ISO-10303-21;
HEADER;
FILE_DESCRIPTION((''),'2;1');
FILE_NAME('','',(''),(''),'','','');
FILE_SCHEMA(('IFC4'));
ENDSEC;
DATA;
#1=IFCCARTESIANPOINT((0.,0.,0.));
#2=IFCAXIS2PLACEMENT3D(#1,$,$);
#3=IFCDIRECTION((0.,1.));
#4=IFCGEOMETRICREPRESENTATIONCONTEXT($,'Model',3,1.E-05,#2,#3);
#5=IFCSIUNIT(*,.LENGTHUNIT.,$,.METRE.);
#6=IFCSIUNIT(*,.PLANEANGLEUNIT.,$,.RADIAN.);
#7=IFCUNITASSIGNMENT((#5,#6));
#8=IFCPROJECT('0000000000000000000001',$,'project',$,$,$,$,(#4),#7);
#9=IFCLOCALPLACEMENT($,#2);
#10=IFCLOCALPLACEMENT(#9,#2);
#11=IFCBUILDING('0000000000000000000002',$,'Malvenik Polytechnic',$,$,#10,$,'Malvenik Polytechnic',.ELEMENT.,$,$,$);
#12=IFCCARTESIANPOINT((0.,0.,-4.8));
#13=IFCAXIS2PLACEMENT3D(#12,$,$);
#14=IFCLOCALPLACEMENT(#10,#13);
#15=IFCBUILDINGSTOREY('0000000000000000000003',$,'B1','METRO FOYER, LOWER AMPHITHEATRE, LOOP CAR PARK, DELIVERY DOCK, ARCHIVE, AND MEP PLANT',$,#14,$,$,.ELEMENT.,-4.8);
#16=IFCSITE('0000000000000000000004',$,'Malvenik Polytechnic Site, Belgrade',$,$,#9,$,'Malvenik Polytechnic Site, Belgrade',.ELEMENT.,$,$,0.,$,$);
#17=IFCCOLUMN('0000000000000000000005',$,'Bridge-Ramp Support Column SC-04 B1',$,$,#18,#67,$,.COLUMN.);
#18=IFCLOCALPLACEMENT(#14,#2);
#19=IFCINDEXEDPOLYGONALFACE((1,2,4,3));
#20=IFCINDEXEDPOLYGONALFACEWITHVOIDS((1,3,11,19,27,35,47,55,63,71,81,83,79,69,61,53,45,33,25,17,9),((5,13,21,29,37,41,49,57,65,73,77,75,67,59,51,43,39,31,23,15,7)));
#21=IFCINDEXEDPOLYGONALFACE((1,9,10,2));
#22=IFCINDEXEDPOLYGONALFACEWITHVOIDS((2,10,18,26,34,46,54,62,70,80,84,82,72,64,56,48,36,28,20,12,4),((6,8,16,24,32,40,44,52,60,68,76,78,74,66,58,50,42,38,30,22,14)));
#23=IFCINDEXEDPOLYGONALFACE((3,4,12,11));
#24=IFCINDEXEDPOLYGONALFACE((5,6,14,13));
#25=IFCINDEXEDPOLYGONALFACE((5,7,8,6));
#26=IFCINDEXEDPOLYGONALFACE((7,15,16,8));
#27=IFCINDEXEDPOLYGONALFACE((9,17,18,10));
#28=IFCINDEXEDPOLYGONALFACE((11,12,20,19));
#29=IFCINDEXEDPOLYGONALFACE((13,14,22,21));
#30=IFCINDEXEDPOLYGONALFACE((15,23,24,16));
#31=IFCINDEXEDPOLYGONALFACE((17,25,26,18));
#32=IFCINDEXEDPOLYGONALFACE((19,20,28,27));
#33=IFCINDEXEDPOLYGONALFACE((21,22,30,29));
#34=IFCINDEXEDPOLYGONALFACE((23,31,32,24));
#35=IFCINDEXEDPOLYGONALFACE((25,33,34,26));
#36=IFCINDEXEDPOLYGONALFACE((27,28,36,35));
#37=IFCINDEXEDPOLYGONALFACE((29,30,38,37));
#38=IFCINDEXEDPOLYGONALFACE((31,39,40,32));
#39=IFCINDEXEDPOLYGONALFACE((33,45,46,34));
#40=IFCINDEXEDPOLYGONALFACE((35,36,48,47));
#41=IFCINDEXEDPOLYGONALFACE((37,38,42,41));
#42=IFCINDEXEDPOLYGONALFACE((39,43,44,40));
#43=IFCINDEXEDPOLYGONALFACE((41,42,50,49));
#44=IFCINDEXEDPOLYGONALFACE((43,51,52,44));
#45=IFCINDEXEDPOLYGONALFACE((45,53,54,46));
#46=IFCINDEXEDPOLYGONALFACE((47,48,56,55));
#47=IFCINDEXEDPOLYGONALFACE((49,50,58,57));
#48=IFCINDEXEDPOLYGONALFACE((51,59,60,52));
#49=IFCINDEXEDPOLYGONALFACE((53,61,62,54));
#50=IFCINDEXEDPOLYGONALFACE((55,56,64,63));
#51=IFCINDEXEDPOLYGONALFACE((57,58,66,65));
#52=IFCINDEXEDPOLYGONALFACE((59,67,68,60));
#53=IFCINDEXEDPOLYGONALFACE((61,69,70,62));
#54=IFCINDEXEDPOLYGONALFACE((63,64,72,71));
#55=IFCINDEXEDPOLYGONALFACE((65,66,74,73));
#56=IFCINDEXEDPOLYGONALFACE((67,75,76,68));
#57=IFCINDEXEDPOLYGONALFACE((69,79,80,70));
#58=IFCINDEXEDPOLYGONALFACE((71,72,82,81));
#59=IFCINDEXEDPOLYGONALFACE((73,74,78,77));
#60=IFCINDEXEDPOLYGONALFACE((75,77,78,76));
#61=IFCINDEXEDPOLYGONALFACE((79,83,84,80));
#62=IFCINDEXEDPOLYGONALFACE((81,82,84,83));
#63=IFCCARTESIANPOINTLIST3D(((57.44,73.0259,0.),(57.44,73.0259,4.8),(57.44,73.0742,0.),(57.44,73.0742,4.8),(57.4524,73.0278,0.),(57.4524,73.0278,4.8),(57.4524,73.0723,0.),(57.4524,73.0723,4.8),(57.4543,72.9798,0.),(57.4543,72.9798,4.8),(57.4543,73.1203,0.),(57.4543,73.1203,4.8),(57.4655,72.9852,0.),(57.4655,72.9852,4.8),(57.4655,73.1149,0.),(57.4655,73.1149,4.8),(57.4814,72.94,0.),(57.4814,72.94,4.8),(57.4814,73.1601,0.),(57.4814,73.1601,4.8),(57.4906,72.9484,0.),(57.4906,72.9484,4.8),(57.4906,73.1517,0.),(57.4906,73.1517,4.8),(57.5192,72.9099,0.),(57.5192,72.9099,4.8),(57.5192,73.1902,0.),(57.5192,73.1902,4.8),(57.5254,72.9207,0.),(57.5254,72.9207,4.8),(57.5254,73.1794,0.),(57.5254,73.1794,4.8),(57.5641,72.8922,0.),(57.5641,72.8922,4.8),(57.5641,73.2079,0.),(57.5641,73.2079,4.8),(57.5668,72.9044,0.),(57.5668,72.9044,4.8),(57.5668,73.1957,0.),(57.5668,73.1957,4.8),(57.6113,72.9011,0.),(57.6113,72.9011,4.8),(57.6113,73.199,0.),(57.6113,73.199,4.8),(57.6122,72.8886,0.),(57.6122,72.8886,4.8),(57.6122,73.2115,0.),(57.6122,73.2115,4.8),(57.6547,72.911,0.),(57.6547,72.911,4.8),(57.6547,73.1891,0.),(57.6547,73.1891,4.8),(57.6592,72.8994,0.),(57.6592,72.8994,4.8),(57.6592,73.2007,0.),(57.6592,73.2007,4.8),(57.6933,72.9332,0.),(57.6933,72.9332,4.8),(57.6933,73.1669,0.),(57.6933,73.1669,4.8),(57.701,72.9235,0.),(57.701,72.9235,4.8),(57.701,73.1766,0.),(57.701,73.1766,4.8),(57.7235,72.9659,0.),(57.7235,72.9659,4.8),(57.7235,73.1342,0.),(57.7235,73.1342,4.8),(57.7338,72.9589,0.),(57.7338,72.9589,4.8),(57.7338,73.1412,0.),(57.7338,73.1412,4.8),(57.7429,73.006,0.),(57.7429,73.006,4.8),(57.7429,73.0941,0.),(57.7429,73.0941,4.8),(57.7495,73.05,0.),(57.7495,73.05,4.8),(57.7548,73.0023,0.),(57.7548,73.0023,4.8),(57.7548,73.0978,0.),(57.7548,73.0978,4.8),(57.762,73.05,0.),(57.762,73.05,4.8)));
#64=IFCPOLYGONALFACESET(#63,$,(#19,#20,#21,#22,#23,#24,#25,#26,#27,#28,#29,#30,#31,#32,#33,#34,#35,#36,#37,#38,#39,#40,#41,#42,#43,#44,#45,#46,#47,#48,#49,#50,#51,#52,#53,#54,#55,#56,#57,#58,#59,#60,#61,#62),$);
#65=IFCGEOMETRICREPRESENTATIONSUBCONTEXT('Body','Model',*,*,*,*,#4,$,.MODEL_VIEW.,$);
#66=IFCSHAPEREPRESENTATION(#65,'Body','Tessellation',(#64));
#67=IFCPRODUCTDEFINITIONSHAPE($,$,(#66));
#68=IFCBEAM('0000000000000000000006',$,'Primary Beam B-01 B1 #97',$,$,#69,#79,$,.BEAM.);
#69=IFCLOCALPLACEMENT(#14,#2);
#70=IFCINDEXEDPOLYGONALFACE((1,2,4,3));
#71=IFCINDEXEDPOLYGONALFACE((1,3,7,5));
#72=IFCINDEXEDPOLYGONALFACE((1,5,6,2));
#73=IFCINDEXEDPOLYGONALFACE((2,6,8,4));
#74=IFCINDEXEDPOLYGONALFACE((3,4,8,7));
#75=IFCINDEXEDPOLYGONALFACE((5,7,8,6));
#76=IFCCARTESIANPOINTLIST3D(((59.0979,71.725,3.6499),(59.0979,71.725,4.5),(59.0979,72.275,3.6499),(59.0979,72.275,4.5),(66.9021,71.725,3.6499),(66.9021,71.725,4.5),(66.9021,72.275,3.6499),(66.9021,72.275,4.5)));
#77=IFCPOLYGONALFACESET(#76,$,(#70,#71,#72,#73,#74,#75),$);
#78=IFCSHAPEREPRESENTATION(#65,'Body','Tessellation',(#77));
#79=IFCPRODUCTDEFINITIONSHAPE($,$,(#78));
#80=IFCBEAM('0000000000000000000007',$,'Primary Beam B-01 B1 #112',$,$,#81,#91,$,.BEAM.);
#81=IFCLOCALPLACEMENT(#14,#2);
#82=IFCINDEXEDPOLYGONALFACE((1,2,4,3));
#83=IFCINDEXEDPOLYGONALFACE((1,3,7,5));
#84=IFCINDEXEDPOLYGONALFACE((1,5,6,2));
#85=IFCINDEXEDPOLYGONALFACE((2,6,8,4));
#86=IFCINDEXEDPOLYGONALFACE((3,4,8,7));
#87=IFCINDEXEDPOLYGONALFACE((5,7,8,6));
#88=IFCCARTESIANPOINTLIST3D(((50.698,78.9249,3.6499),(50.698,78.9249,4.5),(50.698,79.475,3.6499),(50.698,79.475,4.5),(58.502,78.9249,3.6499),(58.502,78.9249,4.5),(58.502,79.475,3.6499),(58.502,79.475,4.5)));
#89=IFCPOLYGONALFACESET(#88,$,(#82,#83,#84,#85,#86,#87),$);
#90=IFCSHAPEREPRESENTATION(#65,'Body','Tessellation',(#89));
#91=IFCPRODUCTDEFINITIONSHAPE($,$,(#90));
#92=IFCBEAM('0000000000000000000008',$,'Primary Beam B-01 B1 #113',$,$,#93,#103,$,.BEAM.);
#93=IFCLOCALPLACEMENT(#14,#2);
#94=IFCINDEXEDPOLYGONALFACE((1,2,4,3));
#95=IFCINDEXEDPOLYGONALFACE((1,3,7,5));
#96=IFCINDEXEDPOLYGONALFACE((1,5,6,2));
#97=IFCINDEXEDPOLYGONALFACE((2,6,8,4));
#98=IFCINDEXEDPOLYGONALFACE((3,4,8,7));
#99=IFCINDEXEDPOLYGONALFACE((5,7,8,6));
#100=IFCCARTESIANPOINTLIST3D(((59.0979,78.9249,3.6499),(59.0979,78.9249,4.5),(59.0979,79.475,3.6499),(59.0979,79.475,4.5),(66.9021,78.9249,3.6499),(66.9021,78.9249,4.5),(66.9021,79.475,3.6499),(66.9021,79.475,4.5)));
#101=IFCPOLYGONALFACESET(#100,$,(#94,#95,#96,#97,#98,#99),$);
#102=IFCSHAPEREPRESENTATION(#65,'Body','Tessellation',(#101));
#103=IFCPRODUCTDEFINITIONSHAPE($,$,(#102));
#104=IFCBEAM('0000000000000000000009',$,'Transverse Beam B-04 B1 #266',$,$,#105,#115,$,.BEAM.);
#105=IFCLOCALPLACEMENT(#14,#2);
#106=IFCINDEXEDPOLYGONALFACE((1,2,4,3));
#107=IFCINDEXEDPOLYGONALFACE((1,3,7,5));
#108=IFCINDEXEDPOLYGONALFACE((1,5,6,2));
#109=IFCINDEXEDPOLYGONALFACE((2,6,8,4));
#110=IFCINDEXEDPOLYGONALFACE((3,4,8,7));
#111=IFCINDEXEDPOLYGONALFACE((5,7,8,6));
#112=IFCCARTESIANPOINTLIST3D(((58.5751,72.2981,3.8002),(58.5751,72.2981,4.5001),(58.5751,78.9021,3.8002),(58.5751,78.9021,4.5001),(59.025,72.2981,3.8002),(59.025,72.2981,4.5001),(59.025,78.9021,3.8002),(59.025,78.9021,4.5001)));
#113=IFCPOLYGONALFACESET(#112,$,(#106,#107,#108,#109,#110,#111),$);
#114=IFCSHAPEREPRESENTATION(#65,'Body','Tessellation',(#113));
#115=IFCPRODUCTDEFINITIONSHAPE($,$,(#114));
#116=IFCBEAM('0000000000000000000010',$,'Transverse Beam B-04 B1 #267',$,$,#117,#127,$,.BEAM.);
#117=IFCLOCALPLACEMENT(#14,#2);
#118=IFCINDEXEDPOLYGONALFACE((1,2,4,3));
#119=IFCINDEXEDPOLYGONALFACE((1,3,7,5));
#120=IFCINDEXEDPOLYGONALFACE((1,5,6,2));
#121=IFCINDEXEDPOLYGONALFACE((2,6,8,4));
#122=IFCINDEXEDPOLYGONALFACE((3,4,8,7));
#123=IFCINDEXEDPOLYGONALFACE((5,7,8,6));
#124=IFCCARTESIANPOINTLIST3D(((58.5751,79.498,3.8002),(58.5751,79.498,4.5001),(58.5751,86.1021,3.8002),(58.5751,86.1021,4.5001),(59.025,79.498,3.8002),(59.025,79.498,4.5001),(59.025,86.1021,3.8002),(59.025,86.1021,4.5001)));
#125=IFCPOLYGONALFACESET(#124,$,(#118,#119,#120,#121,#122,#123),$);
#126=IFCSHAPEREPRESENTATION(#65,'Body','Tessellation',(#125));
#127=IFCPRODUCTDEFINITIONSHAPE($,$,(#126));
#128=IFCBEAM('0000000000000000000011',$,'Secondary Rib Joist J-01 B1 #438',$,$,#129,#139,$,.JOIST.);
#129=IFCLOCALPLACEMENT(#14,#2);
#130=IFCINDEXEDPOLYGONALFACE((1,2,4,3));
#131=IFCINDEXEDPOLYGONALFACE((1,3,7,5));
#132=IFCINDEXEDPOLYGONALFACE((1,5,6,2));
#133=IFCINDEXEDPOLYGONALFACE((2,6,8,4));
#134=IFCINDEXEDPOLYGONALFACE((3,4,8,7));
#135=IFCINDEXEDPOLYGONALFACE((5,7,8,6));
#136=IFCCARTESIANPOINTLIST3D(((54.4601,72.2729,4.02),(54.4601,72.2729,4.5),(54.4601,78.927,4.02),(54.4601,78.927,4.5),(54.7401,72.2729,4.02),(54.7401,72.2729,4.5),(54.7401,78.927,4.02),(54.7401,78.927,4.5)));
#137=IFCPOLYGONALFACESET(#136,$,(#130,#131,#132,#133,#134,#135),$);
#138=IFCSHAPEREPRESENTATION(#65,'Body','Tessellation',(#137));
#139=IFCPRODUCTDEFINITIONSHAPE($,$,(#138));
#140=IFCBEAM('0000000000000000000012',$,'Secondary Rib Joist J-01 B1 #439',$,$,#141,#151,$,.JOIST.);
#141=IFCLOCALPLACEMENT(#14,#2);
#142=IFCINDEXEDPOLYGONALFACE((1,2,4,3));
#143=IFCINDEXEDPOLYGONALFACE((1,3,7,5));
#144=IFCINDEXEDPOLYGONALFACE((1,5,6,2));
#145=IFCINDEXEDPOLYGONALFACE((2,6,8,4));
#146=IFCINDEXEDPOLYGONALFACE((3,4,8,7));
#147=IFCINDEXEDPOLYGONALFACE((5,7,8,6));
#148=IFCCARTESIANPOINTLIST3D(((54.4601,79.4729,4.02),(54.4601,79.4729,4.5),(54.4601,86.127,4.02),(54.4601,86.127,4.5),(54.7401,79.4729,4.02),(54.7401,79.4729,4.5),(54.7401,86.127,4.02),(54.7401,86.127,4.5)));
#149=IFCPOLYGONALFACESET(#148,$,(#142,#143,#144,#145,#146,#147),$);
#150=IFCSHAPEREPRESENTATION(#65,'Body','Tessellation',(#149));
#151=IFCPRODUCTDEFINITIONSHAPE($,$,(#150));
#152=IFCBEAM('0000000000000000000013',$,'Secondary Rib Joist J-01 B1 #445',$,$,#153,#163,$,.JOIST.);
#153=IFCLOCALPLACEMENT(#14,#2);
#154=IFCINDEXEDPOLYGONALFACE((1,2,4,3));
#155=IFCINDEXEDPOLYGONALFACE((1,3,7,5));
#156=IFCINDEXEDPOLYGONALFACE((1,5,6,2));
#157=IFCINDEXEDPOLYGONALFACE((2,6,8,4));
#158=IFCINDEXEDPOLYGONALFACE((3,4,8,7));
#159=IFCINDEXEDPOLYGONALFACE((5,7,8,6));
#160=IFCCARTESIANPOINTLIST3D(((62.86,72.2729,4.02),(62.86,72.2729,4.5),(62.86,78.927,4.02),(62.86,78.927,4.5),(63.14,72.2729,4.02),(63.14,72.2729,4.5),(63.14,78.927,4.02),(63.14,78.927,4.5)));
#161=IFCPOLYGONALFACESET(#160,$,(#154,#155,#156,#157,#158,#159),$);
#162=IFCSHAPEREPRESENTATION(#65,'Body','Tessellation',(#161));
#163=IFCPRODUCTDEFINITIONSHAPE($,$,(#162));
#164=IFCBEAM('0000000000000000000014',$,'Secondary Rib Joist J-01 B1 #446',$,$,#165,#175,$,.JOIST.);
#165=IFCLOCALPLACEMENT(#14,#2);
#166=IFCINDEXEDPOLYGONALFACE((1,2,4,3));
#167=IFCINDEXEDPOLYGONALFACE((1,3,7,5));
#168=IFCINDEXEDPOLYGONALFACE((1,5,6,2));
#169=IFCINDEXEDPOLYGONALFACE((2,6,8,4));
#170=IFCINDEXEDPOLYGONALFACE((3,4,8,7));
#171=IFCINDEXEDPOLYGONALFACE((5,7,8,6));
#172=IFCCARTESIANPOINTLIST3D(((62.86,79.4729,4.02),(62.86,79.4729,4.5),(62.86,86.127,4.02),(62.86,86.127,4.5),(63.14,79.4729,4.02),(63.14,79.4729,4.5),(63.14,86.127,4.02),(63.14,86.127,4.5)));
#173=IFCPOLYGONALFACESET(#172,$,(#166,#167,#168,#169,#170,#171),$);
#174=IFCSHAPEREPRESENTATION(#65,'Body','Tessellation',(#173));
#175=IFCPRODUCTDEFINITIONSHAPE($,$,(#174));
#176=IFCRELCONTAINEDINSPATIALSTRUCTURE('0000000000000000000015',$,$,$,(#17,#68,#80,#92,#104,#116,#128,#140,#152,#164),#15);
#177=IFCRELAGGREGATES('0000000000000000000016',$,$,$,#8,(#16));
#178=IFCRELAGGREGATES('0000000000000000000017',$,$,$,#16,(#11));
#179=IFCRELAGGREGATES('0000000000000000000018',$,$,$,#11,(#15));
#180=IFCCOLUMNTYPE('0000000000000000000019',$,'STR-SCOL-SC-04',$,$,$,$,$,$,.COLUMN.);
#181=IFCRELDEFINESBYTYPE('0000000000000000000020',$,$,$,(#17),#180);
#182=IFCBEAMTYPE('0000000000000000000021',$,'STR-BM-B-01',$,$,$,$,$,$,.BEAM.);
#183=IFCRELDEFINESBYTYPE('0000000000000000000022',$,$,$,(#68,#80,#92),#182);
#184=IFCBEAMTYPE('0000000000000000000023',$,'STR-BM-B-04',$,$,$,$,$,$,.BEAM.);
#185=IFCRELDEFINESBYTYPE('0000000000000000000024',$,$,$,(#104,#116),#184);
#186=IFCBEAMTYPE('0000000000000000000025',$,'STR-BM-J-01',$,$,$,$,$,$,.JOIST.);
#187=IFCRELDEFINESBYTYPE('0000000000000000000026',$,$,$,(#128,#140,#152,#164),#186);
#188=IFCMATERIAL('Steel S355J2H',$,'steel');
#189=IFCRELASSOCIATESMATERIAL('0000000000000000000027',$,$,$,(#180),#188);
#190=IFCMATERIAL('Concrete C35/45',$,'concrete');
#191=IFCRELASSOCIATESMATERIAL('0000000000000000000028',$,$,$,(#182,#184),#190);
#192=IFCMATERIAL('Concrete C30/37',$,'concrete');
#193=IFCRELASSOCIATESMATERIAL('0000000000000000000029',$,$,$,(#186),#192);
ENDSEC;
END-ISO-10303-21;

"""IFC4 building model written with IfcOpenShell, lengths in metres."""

from ifc_helpers import new_model, si_unit, direction, frame, origin, origin_2d, place, context, subcontext, project, spatial, rectangle, hollow_circle, extrude, material, material_profile, profile_set, type_object, element, save


model = new_model("IFC4")

# Units and contexts
model_context = context("Model", 3, precision=1e-05, world=origin(), true_north=direction((0.0, 1.0)))
body_context = subcontext(model_context, "Body", "Model", "MODEL_VIEW")
ifc_project = project(units=[si_unit("LENGTHUNIT", "METRE"), si_unit("PLANEANGLEUNIT", "RADIAN")], contexts=[model_context])

# Site, building, storey
site_placement = place(None, origin())
site = spatial("IfcSite", under=ifc_project, at=site_placement, Name="Malvenik Polytechnic Site, Belgrade", LongName="Malvenik Polytechnic Site, Belgrade", CompositionType="ELEMENT", RefElevation=0.0)
building_placement = place(site_placement, origin())
building = spatial("IfcBuilding", under=site, at=building_placement, Name="Malvenik Polytechnic", LongName="Malvenik Polytechnic", CompositionType="ELEMENT")
storey_placement = place(building_placement, frame((0.0, 0.0, -4.8)))
storey = spatial("IfcBuildingStorey", under=building, at=storey_placement, Name="B1", Description="METRO FOYER, LOWER AMPHITHEATRE, LOOP CAR PARK, DELIVERY DOCK, ARCHIVE, AND MEP PLANT", CompositionType="ELEMENT", Elevation=-4.8)

# Shared definitions
ifc_material_1 = material(Name="Concrete C35/45", Category="concrete")

# Column
ifc_material_2 = material(Name="Steel S355J2H", Category="steel")
ifc_material_profile_1 = material_profile(ifc_material_2, hollow_circle(Radius=0.1619, WallThickness=0.0125, at=origin_2d()), Name="CHS 323.9x12.5")
ifc_profile_set_1 = profile_set([ifc_material_profile_1], Name="Steel S355J2H")
column_type_1 = type_object("IfcColumnType", Name="STR-SCOL-SC-04", PredefinedType="COLUMN", material=ifc_profile_set_1)
column_1_placement = place(storey_placement, frame((57.6001, 73.05, 0.0), z_axis=(0.0, 0.0, 1.0), x_axis=(1.0, 0.0, 0.0)))
element("IfcColumn", 1, at=column_1_placement, inside=storey, type_object=column_type_1, Name="Bridge-Ramp Support Column SC-04 B1", PredefinedType="COLUMN", context=body_context, shape_type="SweptSolid", body=[
    extrude(hollow_circle(Radius=0.1619, WallThickness=0.0125, at=origin_2d()), origin(), (0.0, 0.0, 1.0), 4.8),
])

# Beams
ifc_material_profile_2 = material_profile(ifc_material_1, rectangle(XDim=0.55, YDim=0.8501, at=origin_2d()), Name="RC BM 550x850")
ifc_profile_set_2 = profile_set([ifc_material_profile_2], Name="Concrete C35/45")
beam_type_1 = type_object("IfcBeamType", Name="STR-BM-B-01", PredefinedType="BEAM", material=ifc_profile_set_2)
beam_1_placement = place(storey_placement, frame((59.0979, 72.0, 4.075), z_axis=(1.0, 0.0, 0.0), x_axis=(0.0, 1.0, 0.0)))
element("IfcBeam", 2, at=beam_1_placement, inside=storey, type_object=beam_type_1, Name="Primary Beam B-01 B1 #97", PredefinedType="BEAM", context=body_context, shape_type="SweptSolid", body=[
    extrude(rectangle(XDim=0.55, YDim=0.8501, at=origin_2d()), origin(), (0.0, 0.0, 1.0), 7.8042),
])
beam_2_placement = place(storey_placement, frame((50.698, 79.2, 4.075), z_axis=(1.0, 0.0, 0.0), x_axis=(0.0, 1.0, 0.0)))
element("IfcBeam", 3, at=beam_2_placement, inside=storey, type_object=beam_type_1, Name="Primary Beam B-01 B1 #112", PredefinedType="BEAM", context=body_context, shape_type="SweptSolid", body=[
    extrude(rectangle(XDim=0.55, YDim=0.8501, at=origin_2d()), origin(), (0.0, 0.0, 1.0), 7.804),
])
beam_3_placement = place(storey_placement, frame((59.0979, 79.2, 4.075), z_axis=(1.0, 0.0, 0.0), x_axis=(0.0, 1.0, 0.0)))
element("IfcBeam", 4, at=beam_3_placement, inside=storey, type_object=beam_type_1, Name="Primary Beam B-01 B1 #113", PredefinedType="BEAM", context=body_context, shape_type="SweptSolid", body=[
    extrude(rectangle(XDim=0.55, YDim=0.8501, at=origin_2d()), origin(), (0.0, 0.0, 1.0), 7.8042),
])
ifc_material_profile_3 = material_profile(ifc_material_1, rectangle(XDim=0.45, YDim=0.7, at=origin_2d()), Name="RC BM 450x700")
ifc_profile_set_3 = profile_set([ifc_material_profile_3], Name="Concrete C35/45")
beam_type_2 = type_object("IfcBeamType", Name="STR-BM-B-04", PredefinedType="BEAM", material=ifc_profile_set_3)
for number, where, z_axis, x_axis, name in (
    (5, (58.8, 72.2981, 4.1501), (0.0, 1.0, 0.0), (-1.0, 0.0, 0.0), "Transverse Beam B-04 B1 #266"),
    (6, (58.8, 79.498, 4.1501), (0.0, 1.0, 0.0), (-1.0, 0.0, 0.0), "Transverse Beam B-04 B1 #267"),
):
    element("IfcBeam", number, at=place(storey_placement, frame(where, z_axis=z_axis, x_axis=x_axis)), inside=storey, type_object=beam_type_2, Name=name, PredefinedType="BEAM", context=body_context, shape_type="SweptSolid", body=[
        extrude(rectangle(XDim=0.45, YDim=0.7, at=origin_2d()), origin(), (0.0, 0.0, 1.0), 6.604),
    ])
ifc_material_3 = material(Name="Concrete C30/37", Category="concrete")
ifc_material_profile_4 = material_profile(ifc_material_3, rectangle(XDim=0.28, YDim=0.48, at=origin_2d()), Name="RC JST 280x480")
ifc_profile_set_4 = profile_set([ifc_material_profile_4], Name="Concrete C30/37")
beam_type_3 = type_object("IfcBeamType", Name="STR-BM-J-01", PredefinedType="JOIST", material=ifc_profile_set_4)
for number, where, z_axis, x_axis, name in (
    (7, (54.6001, 72.2729, 4.26), (0.0, 1.0, 0.0), (-1.0, 0.0, 0.0), "Secondary Rib Joist J-01 B1 #438"),
    (8, (54.6001, 79.4729, 4.26), (0.0, 1.0, 0.0), (-1.0, 0.0, 0.0), "Secondary Rib Joist J-01 B1 #439"),
    (9, (63.0, 72.2729, 4.26), (0.0, 1.0, 0.0), (-1.0, 0.0, 0.0), "Secondary Rib Joist J-01 B1 #445"),
    (10, (63.0, 79.4729, 4.26), (0.0, 1.0, 0.0), (-1.0, 0.0, 0.0), "Secondary Rib Joist J-01 B1 #446"),
):
    element("IfcBeam", number, at=place(storey_placement, frame(where, z_axis=z_axis, x_axis=x_axis)), inside=storey, type_object=beam_type_3, Name=name, PredefinedType="JOIST", context=body_context, shape_type="SweptSolid", body=[
        extrude(rectangle(XDim=0.28, YDim=0.48, at=origin_2d()), origin(), (0.0, 0.0, 1.0), 6.6541),
    ])

save(model, "model.ifc")
